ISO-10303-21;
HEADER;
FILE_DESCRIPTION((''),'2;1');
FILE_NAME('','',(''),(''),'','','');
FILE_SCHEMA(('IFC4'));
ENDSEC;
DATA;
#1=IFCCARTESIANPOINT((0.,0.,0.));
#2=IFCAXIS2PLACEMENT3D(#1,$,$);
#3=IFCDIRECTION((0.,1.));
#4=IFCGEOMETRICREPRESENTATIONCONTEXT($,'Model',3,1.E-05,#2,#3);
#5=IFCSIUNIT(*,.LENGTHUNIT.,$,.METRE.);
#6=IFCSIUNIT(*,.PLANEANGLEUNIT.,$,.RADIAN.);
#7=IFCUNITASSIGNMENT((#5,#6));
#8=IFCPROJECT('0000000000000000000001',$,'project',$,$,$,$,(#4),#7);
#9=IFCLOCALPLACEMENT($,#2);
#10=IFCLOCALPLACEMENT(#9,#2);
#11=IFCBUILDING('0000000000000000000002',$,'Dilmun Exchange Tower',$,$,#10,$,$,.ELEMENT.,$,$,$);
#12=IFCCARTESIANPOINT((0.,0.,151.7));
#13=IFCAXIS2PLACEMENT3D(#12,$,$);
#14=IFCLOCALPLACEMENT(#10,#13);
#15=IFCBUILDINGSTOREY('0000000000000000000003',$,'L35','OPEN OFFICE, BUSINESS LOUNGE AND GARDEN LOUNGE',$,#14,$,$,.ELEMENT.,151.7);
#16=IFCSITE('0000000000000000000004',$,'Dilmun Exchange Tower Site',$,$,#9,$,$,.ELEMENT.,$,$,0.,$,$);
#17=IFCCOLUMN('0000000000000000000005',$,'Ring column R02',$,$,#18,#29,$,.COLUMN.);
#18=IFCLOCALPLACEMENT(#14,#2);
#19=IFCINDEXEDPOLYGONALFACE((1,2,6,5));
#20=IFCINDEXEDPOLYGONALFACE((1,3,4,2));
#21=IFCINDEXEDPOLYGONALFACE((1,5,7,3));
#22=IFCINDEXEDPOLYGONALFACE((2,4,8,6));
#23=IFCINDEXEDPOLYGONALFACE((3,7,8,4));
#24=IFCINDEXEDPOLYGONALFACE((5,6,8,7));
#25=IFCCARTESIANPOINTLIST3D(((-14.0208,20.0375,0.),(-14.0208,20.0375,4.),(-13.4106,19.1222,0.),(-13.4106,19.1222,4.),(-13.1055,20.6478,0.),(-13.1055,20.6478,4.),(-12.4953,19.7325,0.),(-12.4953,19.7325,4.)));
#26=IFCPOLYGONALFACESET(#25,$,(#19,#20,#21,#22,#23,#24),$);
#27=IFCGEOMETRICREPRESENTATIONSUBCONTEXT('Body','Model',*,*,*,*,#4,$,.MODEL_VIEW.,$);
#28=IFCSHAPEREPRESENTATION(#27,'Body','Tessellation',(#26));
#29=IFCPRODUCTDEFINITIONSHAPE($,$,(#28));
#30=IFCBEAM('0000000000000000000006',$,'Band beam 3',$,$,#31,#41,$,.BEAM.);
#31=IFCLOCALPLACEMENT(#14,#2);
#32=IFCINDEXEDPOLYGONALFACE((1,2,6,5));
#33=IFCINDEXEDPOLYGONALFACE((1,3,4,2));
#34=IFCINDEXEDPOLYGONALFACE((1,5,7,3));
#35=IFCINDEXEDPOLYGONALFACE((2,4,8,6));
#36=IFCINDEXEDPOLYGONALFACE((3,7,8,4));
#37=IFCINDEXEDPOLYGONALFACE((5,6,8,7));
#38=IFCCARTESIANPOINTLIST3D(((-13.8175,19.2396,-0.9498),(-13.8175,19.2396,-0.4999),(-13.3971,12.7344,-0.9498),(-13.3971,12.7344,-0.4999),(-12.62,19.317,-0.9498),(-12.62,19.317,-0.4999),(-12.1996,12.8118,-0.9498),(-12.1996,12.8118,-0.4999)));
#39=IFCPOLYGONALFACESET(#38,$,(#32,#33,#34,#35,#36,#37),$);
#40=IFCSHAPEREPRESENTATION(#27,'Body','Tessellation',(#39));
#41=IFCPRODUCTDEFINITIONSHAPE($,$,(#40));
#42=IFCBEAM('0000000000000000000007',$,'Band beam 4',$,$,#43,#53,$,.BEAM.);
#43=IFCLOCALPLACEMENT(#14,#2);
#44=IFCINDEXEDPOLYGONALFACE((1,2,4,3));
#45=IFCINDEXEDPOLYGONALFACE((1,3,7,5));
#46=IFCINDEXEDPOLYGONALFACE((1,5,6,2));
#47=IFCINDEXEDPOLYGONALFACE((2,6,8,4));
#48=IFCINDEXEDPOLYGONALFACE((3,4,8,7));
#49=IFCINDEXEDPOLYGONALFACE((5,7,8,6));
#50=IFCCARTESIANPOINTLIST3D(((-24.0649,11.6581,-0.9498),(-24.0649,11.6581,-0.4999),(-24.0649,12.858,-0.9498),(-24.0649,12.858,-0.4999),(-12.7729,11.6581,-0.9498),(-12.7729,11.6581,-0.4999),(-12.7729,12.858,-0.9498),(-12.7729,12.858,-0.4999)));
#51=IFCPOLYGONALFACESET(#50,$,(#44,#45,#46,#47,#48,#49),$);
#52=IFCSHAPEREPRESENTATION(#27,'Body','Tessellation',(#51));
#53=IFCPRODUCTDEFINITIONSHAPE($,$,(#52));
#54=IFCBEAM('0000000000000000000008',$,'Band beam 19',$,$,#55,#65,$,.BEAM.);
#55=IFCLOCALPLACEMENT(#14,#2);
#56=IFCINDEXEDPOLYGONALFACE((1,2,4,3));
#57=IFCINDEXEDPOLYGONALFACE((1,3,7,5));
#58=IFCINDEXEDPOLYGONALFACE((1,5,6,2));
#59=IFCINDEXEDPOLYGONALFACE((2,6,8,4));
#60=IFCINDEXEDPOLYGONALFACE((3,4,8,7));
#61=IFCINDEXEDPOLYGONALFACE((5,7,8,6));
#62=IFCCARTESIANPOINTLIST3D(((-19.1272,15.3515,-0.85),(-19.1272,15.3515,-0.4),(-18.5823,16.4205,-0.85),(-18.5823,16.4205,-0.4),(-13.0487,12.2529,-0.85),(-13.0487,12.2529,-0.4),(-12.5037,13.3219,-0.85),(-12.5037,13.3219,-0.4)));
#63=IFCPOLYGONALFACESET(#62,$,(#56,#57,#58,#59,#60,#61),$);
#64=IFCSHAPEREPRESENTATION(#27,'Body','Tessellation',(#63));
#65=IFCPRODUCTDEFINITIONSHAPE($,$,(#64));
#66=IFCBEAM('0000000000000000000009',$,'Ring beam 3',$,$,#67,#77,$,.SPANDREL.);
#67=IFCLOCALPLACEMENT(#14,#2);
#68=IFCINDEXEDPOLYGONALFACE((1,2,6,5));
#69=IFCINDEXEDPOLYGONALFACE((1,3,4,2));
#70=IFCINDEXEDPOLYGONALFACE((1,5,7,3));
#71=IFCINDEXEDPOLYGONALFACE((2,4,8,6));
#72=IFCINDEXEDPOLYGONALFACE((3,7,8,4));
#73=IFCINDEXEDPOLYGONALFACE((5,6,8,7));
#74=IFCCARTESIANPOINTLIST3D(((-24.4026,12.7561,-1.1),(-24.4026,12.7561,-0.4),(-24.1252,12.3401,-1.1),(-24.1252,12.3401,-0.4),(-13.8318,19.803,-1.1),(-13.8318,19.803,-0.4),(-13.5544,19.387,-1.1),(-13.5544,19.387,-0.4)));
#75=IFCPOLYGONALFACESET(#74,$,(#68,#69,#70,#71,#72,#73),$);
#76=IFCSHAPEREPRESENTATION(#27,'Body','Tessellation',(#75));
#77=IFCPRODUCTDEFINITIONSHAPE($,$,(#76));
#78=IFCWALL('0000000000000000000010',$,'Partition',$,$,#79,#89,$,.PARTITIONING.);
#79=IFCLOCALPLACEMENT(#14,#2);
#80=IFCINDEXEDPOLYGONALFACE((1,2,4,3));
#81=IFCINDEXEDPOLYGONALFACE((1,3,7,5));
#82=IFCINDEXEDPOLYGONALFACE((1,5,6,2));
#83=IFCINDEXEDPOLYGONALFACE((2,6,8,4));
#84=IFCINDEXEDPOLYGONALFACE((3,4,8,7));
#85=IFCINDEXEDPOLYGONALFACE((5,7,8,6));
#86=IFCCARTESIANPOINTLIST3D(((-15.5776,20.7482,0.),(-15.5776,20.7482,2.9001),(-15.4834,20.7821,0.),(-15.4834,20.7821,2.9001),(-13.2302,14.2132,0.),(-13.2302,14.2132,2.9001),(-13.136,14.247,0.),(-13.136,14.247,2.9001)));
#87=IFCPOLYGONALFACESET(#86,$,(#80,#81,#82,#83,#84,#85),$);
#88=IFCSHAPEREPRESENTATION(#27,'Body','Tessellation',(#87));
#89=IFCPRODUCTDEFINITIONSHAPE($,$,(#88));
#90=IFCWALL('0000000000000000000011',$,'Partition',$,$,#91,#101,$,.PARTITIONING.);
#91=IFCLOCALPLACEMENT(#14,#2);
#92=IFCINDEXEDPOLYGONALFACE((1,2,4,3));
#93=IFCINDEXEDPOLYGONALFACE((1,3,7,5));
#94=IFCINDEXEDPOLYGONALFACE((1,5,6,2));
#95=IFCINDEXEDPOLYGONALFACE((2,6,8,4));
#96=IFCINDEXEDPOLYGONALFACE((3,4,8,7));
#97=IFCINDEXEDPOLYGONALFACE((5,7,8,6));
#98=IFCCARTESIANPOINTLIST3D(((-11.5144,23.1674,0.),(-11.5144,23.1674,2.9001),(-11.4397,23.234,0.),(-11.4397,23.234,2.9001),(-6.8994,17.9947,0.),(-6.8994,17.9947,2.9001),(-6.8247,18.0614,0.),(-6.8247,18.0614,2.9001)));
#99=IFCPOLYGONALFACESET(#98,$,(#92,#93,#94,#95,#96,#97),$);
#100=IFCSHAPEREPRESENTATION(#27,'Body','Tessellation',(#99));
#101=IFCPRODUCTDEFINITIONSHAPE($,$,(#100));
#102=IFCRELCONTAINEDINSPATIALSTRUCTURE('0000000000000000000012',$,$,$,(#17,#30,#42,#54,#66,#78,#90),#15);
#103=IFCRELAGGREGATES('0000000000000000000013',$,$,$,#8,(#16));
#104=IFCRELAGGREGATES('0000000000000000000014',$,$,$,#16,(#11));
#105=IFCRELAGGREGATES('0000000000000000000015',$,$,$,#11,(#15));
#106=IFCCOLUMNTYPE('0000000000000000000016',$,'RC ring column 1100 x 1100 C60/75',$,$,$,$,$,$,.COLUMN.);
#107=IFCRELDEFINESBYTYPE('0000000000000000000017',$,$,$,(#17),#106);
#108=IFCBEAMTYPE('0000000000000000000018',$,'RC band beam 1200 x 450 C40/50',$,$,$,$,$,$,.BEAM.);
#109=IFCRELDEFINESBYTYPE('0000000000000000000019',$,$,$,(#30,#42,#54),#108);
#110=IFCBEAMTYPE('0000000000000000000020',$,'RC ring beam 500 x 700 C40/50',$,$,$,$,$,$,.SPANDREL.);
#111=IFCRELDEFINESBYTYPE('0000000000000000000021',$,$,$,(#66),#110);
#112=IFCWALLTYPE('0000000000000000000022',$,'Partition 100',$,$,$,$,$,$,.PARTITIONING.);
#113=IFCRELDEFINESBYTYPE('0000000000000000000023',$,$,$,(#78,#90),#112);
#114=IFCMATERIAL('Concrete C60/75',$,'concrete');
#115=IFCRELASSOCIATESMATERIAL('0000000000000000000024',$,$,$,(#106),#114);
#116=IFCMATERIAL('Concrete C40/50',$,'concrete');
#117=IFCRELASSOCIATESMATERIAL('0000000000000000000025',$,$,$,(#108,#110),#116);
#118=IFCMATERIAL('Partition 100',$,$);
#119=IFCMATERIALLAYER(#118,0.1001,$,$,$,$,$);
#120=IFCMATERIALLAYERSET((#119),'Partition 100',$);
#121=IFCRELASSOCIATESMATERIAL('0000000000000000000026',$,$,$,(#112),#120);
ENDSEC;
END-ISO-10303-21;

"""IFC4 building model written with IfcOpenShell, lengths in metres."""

from ifc_helpers import new_model, si_unit, direction, frame, frame_2d, origin, origin_2d, place, context, subcontext, project, spatial, rectangle, extrude, material, layer, layer_set, material_profile, profile_set, type_object, element, save


model = new_model("IFC4")

# Units and contexts
model_context = context("Model", 3, precision=1e-05, world=origin(), true_north=direction((0.0, 1.0)))
body_context = subcontext(model_context, "Body", "Model", "MODEL_VIEW")
ifc_project = project(units=[si_unit("LENGTHUNIT", "METRE"), si_unit("PLANEANGLEUNIT", "RADIAN")], contexts=[model_context])

# Site, building, storey
site_placement = place(None, origin())
site = spatial("IfcSite", under=ifc_project, at=site_placement, Name="Dilmun Exchange Tower Site", CompositionType="ELEMENT", RefElevation=0.0)
building_placement = place(site_placement, origin())
building = spatial("IfcBuilding", under=site, at=building_placement, Name="Dilmun Exchange Tower", CompositionType="ELEMENT")
storey_placement = place(building_placement, frame((0.0, 0.0, 151.7)))
storey = spatial("IfcBuildingStorey", under=building, at=storey_placement, Name="L35", Description="OPEN OFFICE, BUSINESS LOUNGE AND GARDEN LOUNGE", CompositionType="ELEMENT", Elevation=151.7)

# Column
ifc_material_1 = material(Name="Concrete C60/75", Category="concrete")
ifc_material_profile_1 = material_profile(ifc_material_1, rectangle(XDim=1.1001, YDim=1.1001, at=origin_2d()), Name="1100 x 1100")
ifc_profile_set_1 = profile_set([ifc_material_profile_1], Name="Concrete C60/75")
column_type = type_object("IfcColumnType", Name="RC ring column 1100 x 1100 C60/75", PredefinedType="COLUMN", material=ifc_profile_set_1)
column_placement = place(storey_placement, frame((-13.2581, 19.885, 0.0), z_axis=(0.0, 0.0, 1.0), x_axis=(0.832029, 0.554733, 0.0)))
element("IfcColumn", 1, at=column_placement, inside=storey, type_object=column_type, Name="Ring column R02", PredefinedType="COLUMN", context=body_context, shape_type="SweptSolid", body=[
    extrude(rectangle(XDim=1.1001, YDim=1.1001, at=origin_2d()), origin(), (0.0, 0.0, 1.0), 4.0),
])

# Beams
ifc_material_2 = material(Name="Concrete C40/50", Category="concrete")
ifc_material_profile_2 = material_profile(ifc_material_2, rectangle(XDim=1.2, YDim=0.45, at=origin_2d()), Name="1200 x 450")
ifc_profile_set_2 = profile_set([ifc_material_profile_2], Name="Concrete C40/50")
beam_type_1 = type_object("IfcBeamType", Name="RC band beam 1200 x 450 C40/50", PredefinedType="BEAM", material=ifc_profile_set_2)
beam_1_placement = place(storey_placement, frame((-13.2188, 19.2783, -0.7249), z_axis=(0.064493, -0.997918, 0.0), x_axis=(0.997918, 0.064493, 0.0)))
element("IfcBeam", 2, at=beam_1_placement, inside=storey, type_object=beam_type_1, Name="Band beam 3", PredefinedType="BEAM", context=body_context, shape_type="SweptSolid", body=[
    extrude(rectangle(XDim=1.2, YDim=0.45, at=origin_2d()), origin(), (0.0, 0.0, 1.0), 6.5188),
])
beam_2_placement = place(storey_placement, frame((-24.0649, 12.2581, -0.7249), z_axis=(1.0, 0.0, 0.0), x_axis=(0.0, 1.0, 0.0)))
element("IfcBeam", 3, at=beam_2_placement, inside=storey, type_object=beam_type_1, Name="Band beam 4", PredefinedType="BEAM", context=body_context, shape_type="SweptSolid", body=[
    extrude(rectangle(XDim=1.2, YDim=0.45, at=origin_2d()), origin(), (0.0, 0.0, 1.0), 11.292),
])
beam_3_placement = place(storey_placement, frame((-18.8547, 15.886, -0.625), z_axis=(0.890922, -0.454156, 0.0), x_axis=(0.454156, 0.890922, 0.0)))
element("IfcBeam", 4, at=beam_3_placement, inside=storey, type_object=beam_type_1, Name="Band beam 19", PredefinedType="BEAM", context=body_context, shape_type="SweptSolid", body=[
    extrude(rectangle(XDim=1.2, YDim=0.45, at=origin_2d()), origin(), (0.0, 0.0, 1.0), 6.8228),
])
ifc_material_profile_3 = material_profile(ifc_material_2, rectangle(XDim=0.5, YDim=0.7, at=origin_2d()), Name="500 x 700")
ifc_profile_set_3 = profile_set([ifc_material_profile_3], Name="Concrete C40/50")
beam_type_2 = type_object("IfcBeamType", Name="RC ring beam 500 x 700 C40/50", PredefinedType="SPANDREL", material=ifc_profile_set_3)
beam_4_placement = place(storey_placement, frame((-13.6931, 19.595, -0.75), z_axis=(-0.832062, -0.554682, 0.0), x_axis=(0.554682, -0.832062, 0.0)))
element("IfcBeam", 5, at=beam_4_placement, inside=storey, type_object=beam_type_2, Name="Ring beam 3", PredefinedType="SPANDREL", context=body_context, shape_type="SweptSolid", body=[
    extrude(rectangle(XDim=0.5, YDim=0.7, at=origin_2d()), origin(), (0.0, 0.0, 1.0), 12.7043),
])

# Walls
ifc_material_3 = material(Name="Partition 100")
ifc_layer_1 = layer(ifc_material_3, 0.1001)
ifc_layer_set_1 = layer_set([ifc_layer_1], Name="Partition 100")
wall_type_1 = type_object("IfcWallType", Name="Partition 100", PredefinedType="PARTITIONING", material=ifc_layer_set_1)
wall_1_placement = place(storey_placement, frame((-15.5305, 20.7651, 0.0), z_axis=(0.0, 0.0, 1.0), x_axis=(0.338062, -0.941124, 0.0)))
element("IfcWall", 6, at=wall_1_placement, inside=storey, type_object=wall_type_1, Name="Partition", PredefinedType="PARTITIONING", context=body_context, shape_type="SweptSolid", body=[
    extrude(rectangle(XDim=6.9438, YDim=0.1001, at=frame_2d((3.4719, 0.0))), origin(), (0.0, 0.0, 1.0), 2.9001),
])
wall_2_placement = place(storey_placement, frame((-11.4771, 23.2007, 0.0), z_axis=(0.0, 0.0, 1.0), x_axis=(0.665742, -0.746182, 0.0)))
element("IfcWall", 7, at=wall_2_placement, inside=storey, type_object=wall_type_1, Name="Partition", PredefinedType="PARTITIONING", context=body_context, shape_type="SweptSolid", body=[
    extrude(rectangle(XDim=6.9321, YDim=0.1001, at=frame_2d((3.4661, 0.0))), origin(), (0.0, 0.0, 1.0), 2.9001),
])

save(model, "model.ifc")
